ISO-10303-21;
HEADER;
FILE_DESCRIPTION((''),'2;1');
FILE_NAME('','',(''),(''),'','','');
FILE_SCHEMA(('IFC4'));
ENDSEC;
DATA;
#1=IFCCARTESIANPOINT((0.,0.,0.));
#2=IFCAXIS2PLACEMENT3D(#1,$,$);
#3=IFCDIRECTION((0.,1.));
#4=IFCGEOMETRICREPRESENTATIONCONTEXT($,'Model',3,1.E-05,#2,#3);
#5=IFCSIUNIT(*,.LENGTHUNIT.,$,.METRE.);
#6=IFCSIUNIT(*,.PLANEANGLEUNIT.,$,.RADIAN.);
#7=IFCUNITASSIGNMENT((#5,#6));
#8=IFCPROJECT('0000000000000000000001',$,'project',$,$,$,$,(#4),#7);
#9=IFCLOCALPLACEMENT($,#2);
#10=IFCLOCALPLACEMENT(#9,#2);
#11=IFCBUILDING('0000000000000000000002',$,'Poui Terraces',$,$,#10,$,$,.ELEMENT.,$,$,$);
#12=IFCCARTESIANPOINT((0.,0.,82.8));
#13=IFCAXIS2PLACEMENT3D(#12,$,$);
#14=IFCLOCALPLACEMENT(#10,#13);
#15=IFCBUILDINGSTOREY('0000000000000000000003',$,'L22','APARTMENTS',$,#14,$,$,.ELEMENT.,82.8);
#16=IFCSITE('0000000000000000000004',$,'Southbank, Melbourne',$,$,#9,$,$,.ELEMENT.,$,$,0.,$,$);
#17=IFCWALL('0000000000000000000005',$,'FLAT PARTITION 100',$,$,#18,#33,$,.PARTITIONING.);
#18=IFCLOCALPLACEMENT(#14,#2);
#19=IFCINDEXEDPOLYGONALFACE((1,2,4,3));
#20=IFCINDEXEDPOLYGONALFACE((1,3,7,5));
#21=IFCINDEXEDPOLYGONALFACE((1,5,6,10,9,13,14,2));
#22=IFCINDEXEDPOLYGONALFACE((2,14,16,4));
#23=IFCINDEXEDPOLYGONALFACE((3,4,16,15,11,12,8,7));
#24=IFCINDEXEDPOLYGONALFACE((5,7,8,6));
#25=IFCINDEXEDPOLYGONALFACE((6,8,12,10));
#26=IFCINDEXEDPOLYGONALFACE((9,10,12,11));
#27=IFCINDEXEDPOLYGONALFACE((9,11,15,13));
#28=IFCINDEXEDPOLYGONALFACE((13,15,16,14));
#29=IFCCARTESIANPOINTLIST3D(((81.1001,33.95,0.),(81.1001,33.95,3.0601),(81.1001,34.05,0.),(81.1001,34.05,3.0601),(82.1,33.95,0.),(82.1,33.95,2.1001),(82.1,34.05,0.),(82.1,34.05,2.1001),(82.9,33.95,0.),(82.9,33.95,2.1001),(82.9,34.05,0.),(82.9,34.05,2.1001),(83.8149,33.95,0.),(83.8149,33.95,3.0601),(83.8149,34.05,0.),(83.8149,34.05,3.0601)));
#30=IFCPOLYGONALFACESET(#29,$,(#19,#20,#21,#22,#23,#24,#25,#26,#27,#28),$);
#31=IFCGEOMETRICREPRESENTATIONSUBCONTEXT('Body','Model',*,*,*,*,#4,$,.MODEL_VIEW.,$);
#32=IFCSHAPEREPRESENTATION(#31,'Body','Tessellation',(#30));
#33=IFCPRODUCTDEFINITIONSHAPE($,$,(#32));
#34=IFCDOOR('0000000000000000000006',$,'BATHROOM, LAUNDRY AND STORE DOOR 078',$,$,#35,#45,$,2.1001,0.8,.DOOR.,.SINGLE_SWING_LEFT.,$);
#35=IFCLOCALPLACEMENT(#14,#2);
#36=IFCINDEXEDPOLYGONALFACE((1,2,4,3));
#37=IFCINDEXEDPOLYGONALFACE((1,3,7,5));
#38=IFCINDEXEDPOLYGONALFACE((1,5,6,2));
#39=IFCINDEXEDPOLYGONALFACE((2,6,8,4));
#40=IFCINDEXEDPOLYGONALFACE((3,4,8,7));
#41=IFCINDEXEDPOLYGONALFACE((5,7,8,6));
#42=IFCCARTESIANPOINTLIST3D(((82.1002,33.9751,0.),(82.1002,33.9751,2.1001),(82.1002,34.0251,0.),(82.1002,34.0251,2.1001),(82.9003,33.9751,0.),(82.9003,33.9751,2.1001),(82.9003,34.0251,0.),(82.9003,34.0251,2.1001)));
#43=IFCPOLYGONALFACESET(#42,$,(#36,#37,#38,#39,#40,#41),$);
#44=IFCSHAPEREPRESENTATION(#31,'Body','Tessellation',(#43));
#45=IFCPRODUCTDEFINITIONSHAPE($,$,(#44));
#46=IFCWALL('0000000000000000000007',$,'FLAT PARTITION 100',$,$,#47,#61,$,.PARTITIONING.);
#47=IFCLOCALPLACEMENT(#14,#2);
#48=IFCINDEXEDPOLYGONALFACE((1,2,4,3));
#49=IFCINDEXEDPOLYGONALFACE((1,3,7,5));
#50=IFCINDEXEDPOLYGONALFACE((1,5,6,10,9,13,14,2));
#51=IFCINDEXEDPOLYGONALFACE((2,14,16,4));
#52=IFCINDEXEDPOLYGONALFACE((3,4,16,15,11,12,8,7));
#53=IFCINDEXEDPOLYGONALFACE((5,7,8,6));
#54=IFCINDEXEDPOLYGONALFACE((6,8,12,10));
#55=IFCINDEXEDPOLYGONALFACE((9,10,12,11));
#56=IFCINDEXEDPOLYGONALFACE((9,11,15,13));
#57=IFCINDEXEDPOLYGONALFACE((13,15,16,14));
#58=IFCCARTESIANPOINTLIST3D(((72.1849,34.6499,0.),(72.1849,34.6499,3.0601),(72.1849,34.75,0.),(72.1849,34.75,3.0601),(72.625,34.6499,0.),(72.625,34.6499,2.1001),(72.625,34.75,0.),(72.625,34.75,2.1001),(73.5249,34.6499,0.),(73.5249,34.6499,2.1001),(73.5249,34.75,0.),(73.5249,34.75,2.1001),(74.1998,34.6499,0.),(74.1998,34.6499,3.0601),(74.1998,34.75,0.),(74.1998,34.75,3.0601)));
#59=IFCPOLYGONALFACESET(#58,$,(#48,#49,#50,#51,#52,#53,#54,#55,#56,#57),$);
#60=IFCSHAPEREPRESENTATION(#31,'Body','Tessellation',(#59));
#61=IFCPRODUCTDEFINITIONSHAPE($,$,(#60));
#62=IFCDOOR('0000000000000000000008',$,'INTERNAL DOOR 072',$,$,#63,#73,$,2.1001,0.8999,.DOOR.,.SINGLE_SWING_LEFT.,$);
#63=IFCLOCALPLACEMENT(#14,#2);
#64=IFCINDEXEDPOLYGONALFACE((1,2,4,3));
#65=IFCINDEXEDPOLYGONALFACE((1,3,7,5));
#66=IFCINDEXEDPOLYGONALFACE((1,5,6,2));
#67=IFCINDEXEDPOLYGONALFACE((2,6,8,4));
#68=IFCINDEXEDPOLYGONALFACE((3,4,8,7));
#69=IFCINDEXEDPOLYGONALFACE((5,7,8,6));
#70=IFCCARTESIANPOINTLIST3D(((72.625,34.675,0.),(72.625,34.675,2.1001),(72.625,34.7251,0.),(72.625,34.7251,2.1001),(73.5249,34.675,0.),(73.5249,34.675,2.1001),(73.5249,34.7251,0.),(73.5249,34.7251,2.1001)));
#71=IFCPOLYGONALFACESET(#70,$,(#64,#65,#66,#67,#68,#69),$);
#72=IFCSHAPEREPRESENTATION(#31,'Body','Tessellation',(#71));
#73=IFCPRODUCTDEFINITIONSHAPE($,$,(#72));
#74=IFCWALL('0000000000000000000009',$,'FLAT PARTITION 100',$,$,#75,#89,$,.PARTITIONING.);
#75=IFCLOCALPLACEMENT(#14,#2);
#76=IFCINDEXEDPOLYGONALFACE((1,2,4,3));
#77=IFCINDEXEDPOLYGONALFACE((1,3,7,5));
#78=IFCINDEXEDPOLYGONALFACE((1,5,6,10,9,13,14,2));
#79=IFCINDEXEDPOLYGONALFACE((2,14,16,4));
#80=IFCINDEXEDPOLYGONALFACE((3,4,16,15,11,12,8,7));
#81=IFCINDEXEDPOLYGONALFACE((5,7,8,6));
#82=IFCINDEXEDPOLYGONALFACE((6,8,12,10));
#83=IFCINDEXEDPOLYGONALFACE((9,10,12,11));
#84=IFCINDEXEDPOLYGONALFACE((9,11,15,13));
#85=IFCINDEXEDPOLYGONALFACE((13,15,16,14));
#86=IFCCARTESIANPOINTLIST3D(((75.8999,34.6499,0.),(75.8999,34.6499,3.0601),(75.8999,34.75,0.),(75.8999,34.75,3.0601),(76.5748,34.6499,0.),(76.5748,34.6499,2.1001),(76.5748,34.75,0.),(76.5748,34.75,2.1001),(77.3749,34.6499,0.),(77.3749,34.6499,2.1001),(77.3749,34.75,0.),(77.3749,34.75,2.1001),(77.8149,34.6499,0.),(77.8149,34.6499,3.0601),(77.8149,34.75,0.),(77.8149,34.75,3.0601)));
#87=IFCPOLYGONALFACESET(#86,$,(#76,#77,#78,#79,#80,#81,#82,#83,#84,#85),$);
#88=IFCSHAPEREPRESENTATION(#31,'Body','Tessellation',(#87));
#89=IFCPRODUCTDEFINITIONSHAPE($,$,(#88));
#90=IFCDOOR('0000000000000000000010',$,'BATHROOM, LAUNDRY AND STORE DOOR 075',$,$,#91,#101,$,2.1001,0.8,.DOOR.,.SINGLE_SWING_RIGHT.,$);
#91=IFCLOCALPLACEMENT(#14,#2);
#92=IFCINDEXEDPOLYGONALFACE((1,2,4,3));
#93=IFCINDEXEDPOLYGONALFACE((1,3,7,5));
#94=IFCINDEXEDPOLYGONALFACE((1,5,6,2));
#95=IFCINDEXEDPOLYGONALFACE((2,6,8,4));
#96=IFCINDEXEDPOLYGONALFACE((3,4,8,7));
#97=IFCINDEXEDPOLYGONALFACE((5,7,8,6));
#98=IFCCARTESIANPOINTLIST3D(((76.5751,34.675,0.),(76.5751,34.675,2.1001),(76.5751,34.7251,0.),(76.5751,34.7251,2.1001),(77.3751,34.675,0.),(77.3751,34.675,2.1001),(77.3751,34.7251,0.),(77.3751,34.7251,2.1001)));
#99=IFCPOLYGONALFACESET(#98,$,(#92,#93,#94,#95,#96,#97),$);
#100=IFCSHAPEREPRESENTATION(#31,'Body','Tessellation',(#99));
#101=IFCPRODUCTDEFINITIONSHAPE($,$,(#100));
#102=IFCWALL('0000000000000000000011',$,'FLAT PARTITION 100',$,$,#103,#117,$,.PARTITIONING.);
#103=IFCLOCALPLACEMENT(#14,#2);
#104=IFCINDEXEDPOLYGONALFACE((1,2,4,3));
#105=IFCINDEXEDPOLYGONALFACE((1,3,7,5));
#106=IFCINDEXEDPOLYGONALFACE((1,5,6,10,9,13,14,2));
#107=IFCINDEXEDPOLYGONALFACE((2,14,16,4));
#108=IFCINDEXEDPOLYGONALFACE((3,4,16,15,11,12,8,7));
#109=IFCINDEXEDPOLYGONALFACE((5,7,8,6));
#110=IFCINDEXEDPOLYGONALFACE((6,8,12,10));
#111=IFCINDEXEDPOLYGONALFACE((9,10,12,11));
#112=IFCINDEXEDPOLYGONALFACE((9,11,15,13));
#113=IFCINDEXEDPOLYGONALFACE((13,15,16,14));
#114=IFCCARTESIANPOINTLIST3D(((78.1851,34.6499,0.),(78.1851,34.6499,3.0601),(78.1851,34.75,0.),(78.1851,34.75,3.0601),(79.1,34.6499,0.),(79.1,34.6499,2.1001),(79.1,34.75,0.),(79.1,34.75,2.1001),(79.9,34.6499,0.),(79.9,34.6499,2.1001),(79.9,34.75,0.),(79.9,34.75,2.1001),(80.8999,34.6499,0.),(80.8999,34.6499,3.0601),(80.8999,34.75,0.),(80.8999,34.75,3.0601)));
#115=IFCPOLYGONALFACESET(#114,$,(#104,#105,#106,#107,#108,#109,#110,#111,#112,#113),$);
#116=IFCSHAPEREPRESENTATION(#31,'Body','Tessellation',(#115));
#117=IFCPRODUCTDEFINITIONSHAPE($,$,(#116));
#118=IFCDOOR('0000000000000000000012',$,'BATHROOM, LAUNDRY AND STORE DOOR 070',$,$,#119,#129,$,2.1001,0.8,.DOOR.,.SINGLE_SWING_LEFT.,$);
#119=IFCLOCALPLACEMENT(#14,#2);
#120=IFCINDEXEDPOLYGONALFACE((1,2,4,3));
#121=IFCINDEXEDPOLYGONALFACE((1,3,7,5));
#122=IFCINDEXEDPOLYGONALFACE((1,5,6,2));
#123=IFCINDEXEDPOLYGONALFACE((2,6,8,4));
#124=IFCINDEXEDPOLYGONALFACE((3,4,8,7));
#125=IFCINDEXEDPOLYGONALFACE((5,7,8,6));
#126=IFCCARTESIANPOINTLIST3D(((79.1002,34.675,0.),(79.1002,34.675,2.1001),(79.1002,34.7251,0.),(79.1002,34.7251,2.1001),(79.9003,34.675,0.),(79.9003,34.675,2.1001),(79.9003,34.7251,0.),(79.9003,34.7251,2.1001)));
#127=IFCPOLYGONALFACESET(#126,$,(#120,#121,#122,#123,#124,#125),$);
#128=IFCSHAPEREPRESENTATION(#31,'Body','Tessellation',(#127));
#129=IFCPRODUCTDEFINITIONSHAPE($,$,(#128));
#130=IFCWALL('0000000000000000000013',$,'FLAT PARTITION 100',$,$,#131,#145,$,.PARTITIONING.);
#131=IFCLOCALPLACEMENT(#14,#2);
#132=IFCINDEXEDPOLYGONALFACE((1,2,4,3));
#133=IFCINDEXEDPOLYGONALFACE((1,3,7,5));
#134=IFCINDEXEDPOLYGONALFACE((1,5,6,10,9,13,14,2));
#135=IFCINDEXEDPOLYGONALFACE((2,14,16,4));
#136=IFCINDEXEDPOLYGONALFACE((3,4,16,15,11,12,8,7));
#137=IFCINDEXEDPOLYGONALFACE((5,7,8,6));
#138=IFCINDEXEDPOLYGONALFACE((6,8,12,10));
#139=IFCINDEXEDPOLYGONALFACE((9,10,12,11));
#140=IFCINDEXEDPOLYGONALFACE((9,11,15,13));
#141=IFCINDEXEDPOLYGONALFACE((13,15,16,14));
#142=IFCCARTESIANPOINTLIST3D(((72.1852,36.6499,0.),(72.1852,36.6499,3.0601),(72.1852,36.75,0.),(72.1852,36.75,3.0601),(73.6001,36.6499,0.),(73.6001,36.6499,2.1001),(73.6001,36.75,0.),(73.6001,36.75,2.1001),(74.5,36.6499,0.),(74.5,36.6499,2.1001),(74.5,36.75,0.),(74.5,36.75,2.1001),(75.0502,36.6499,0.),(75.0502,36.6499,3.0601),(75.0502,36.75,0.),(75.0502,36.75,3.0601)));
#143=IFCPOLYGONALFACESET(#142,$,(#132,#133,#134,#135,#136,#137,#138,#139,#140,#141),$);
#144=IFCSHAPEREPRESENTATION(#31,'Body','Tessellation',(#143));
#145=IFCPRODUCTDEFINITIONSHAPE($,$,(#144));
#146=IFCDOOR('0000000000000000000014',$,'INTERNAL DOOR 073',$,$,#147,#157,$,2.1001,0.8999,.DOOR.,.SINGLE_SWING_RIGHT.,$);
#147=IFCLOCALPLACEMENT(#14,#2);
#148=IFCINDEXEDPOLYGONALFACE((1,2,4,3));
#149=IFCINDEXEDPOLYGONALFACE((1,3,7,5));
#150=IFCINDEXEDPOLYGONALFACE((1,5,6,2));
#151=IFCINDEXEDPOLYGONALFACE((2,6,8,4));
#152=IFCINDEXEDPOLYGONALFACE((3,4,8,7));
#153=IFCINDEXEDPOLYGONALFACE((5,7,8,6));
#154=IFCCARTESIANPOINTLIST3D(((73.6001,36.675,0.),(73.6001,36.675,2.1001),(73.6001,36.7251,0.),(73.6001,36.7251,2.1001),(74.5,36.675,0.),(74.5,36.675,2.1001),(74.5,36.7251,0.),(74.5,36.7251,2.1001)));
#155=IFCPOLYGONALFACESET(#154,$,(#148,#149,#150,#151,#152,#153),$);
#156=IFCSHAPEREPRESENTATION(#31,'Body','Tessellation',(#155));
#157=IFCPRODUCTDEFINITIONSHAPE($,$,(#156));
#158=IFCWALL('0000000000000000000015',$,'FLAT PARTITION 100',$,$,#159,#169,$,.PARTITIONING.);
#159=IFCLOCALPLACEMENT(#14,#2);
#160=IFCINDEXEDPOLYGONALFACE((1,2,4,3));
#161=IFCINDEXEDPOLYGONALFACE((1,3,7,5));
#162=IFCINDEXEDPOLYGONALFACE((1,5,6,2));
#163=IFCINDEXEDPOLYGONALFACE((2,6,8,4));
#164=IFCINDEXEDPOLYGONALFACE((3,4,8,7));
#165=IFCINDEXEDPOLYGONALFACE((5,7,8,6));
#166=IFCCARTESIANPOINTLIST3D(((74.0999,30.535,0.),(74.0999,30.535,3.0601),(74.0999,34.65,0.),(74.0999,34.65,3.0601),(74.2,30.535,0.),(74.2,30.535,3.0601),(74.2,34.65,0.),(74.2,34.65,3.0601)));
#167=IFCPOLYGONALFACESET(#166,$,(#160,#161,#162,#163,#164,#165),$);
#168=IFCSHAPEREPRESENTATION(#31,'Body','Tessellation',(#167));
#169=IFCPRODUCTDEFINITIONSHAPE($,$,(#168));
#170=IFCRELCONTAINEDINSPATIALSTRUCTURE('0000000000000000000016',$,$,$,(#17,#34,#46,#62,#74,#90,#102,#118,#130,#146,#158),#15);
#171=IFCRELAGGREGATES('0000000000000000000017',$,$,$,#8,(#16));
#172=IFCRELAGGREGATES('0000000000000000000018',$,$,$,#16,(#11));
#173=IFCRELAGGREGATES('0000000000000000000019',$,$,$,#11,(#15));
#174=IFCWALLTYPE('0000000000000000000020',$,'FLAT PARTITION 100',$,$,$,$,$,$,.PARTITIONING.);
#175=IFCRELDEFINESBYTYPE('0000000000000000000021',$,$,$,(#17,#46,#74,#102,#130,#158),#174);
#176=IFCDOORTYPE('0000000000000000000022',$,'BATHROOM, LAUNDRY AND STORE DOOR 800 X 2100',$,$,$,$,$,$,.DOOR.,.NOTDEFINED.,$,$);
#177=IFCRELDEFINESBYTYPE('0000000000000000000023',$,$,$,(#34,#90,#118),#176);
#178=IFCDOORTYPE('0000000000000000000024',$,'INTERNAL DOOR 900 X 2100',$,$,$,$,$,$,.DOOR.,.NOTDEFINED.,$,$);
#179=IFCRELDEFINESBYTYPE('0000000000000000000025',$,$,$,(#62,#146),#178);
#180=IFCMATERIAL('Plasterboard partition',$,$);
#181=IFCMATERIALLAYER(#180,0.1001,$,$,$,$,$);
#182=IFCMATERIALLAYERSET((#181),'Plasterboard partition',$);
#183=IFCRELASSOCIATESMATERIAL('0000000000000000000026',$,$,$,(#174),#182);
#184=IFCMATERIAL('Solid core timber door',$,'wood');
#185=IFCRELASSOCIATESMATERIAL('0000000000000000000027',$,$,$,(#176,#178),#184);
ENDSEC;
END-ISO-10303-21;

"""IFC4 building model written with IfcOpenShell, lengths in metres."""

from ifc_helpers import new_model, si_unit, direction, frame, frame_2d, origin, place, context, subcontext, project, spatial, rectangle, extrude, material, layer, layer_set, type_object, element, fill, save


model = new_model("IFC4")

# Units and contexts
model_context = context("Model", 3, precision=1e-05, world=origin(), true_north=direction((0.0, 1.0)))
body_context = subcontext(model_context, "Body", "Model", "MODEL_VIEW")
ifc_project = project(units=[si_unit("LENGTHUNIT", "METRE"), si_unit("PLANEANGLEUNIT", "RADIAN")], contexts=[model_context])

# Site, building, storey
site_placement = place(None, origin())
site = spatial("IfcSite", under=ifc_project, at=site_placement, Name="Southbank, Melbourne", CompositionType="ELEMENT", RefElevation=0.0)
building_placement = place(site_placement, origin())
building = spatial("IfcBuilding", under=site, at=building_placement, Name="Poui Terraces", CompositionType="ELEMENT")
storey_placement = place(building_placement, frame((0.0, 0.0, 82.8)))
storey = spatial("IfcBuildingStorey", under=building, at=storey_placement, Name="L22", Description="APARTMENTS", CompositionType="ELEMENT", Elevation=82.8)

# Walls, openings, doors
ifc_material_1 = material(Name="Plasterboard partition")
ifc_layer_1 = layer(ifc_material_1, 0.1001)
ifc_layer_set_1 = layer_set([ifc_layer_1], Name="Plasterboard partition")
wall_type_1 = type_object("IfcWallType", Name="FLAT PARTITION 100", PredefinedType="PARTITIONING", material=ifc_layer_set_1)
wall_1_placement = place(storey_placement, frame((81.1001, 34.0, 0.0), z_axis=(0.0, 0.0, 1.0), x_axis=(1.0, 0.0, 0.0)))
wall_1 = element("IfcWall", 1, at=wall_1_placement, inside=storey, type_object=wall_type_1, Name="FLAT PARTITION 100", PredefinedType="PARTITIONING", context=body_context, shape_type="SweptSolid", body=[
    extrude(rectangle(XDim=2.7148, YDim=0.1001, at=frame_2d((1.3574, 0.0))), origin(), (0.0, 0.0, 1.0), 3.0601),
])
opening_1_placement = place(wall_1_placement, frame((1.0, 0.0, 0.0)))
opening_1 = element("IfcOpeningElement", 2, at=opening_1_placement, cuts=wall_1, PredefinedType="OPENING", context=body_context, shape_type="SweptSolid", body=[
    extrude(rectangle(XDim=0.8, YDim=2.1001, at=frame_2d((0.3999, 1.05))), frame((0.0, 0.0601, 0.0), z_axis=(0.0, -1.0, 0.0), x_axis=(1.0, 0.0, 0.0)), (0.0, 0.0, 1.0), 0.1201),
])
ifc_material_2 = material(Name="Solid core timber door", Category="wood")
door_type_1 = type_object("IfcDoorType", Name="BATHROOM, LAUNDRY AND STORE DOOR 800 X 2100", OperationType="NOTDEFINED", PredefinedType="DOOR", material=ifc_material_2)
door_1_placement = place(opening_1_placement, frame((0.8, 0.0, 0.0), z_axis=(0.0, 0.0, 1.0), x_axis=(-1.0, 0.0, 0.0)))
door_1 = element("IfcDoor", 3, at=door_1_placement, inside=storey, type_object=door_type_1, Name="BATHROOM, LAUNDRY AND STORE DOOR 078", OperationType="SINGLE_SWING_LEFT", OverallHeight=2.1001, OverallWidth=0.8, PredefinedType="DOOR", context=body_context, shape_type="SweptSolid", body=[
    extrude(rectangle(XDim=0.8, YDim=2.1001, at=frame_2d((0.3999, 1.05))), frame((0.0, 0.0249, 0.0), z_axis=(0.0, -1.0, 0.0), x_axis=(1.0, 0.0, 0.0)), (0.0, 0.0, 1.0), 0.05),
])
fill(opening_1, door_1)
wall_2_placement = place(storey_placement, frame((72.1851, 34.7, 0.0), z_axis=(0.0, 0.0, 1.0), x_axis=(1.0, 0.0, 0.0)))
wall_2 = element("IfcWall", 4, at=wall_2_placement, inside=storey, type_object=wall_type_1, Name="FLAT PARTITION 100", PredefinedType="PARTITIONING", context=body_context, shape_type="SweptSolid", body=[
    extrude(rectangle(XDim=2.0149, YDim=0.1001, at=frame_2d((1.0073, 0.0))), origin(), (0.0, 0.0, 1.0), 3.0601),
])
opening_2_placement = place(wall_2_placement, frame((0.4399, 0.0, 0.0)))
opening_2 = element("IfcOpeningElement", 5, at=opening_2_placement, cuts=wall_2, PredefinedType="OPENING", context=body_context, shape_type="SweptSolid", body=[
    extrude(rectangle(XDim=0.8999, YDim=2.1001, at=frame_2d((0.45, 1.05))), frame((0.0, 0.0601, 0.0), z_axis=(0.0, -1.0, 0.0), x_axis=(1.0, 0.0, 0.0)), (0.0, 0.0, 1.0), 0.1201),
])
door_type_2 = type_object("IfcDoorType", Name="INTERNAL DOOR 900 X 2100", OperationType="NOTDEFINED", PredefinedType="DOOR", material=ifc_material_2)
door_2_placement = place(opening_2_placement, frame((0.8999, 0.0, 0.0), z_axis=(0.0, 0.0, 1.0), x_axis=(-1.0, 0.0, 0.0)))
door_2 = element("IfcDoor", 6, at=door_2_placement, inside=storey, type_object=door_type_2, Name="INTERNAL DOOR 072", OperationType="SINGLE_SWING_LEFT", OverallHeight=2.1001, OverallWidth=0.8999, PredefinedType="DOOR", context=body_context, shape_type="SweptSolid", body=[
    extrude(rectangle(XDim=0.8999, YDim=2.1001, at=frame_2d((0.45, 1.05))), frame((0.0, 0.0249, 0.0), z_axis=(0.0, -1.0, 0.0), x_axis=(1.0, 0.0, 0.0)), (0.0, 0.0, 1.0), 0.05),
])
fill(opening_2, door_2)
wall_3_placement = place(storey_placement, frame((75.8999, 34.7, 0.0), z_axis=(0.0, 0.0, 1.0), x_axis=(1.0, 0.0, 0.0)))
wall_3 = element("IfcWall", 7, at=wall_3_placement, inside=storey, type_object=wall_type_1, Name="FLAT PARTITION 100", PredefinedType="PARTITIONING", context=body_context, shape_type="SweptSolid", body=[
    extrude(rectangle(XDim=1.915, YDim=0.1001, at=frame_2d((0.9575, 0.0))), origin(), (0.0, 0.0, 1.0), 3.0601),
])
opening_3_placement = place(wall_3_placement, frame((0.675, 0.0, 0.0)))
opening_3 = element("IfcOpeningElement", 8, at=opening_3_placement, cuts=wall_3, PredefinedType="OPENING", context=body_context, shape_type="SweptSolid", body=[
    extrude(rectangle(XDim=0.8, YDim=2.1001, at=frame_2d((0.3999, 1.05))), frame((0.0, 0.0601, 0.0), z_axis=(0.0, -1.0, 0.0), x_axis=(1.0, 0.0, 0.0)), (0.0, 0.0, 1.0), 0.1201),
])
door_3_placement = place(opening_3_placement, frame((0.8, 0.0, 0.0), z_axis=(0.0, 0.0, 1.0), x_axis=(-1.0, 0.0, 0.0)))
door_3 = element("IfcDoor", 9, at=door_3_placement, inside=storey, type_object=door_type_1, Name="BATHROOM, LAUNDRY AND STORE DOOR 075", OperationType="SINGLE_SWING_RIGHT", OverallHeight=2.1001, OverallWidth=0.8, PredefinedType="DOOR", context=body_context, shape_type="SweptSolid", body=[
    extrude(rectangle(XDim=0.8, YDim=2.1001, at=frame_2d((0.3999, 1.05))), frame((0.0, 0.0249, 0.0), z_axis=(0.0, -1.0, 0.0), x_axis=(1.0, 0.0, 0.0)), (0.0, 0.0, 1.0), 0.05),
])
fill(opening_3, door_3)
wall_4_placement = place(storey_placement, frame((78.1851, 34.7, 0.0), z_axis=(0.0, 0.0, 1.0), x_axis=(1.0, 0.0, 0.0)))
wall_4 = element("IfcWall", 10, at=wall_4_placement, inside=storey, type_object=wall_type_1, Name="FLAT PARTITION 100", PredefinedType="PARTITIONING", context=body_context, shape_type="SweptSolid", body=[
    extrude(rectangle(XDim=2.7148, YDim=0.1001, at=frame_2d((1.3574, 0.0))), origin(), (0.0, 0.0, 1.0), 3.0601),
])
opening_4_placement = place(wall_4_placement, frame((0.915, 0.0, 0.0)))
opening_4 = element("IfcOpeningElement", 11, at=opening_4_placement, cuts=wall_4, PredefinedType="OPENING", context=body_context, shape_type="SweptSolid", body=[
    extrude(rectangle(XDim=0.8, YDim=2.1001, at=frame_2d((0.3999, 1.05))), frame((0.0, 0.0601, 0.0), z_axis=(0.0, -1.0, 0.0), x_axis=(1.0, 0.0, 0.0)), (0.0, 0.0, 1.0), 0.1201),
])
door_4_placement = place(opening_4_placement, frame((0.8, 0.0, 0.0), z_axis=(0.0, 0.0, 1.0), x_axis=(-1.0, 0.0, 0.0)))
door_4 = element("IfcDoor", 12, at=door_4_placement, inside=storey, type_object=door_type_1, Name="BATHROOM, LAUNDRY AND STORE DOOR 070", OperationType="SINGLE_SWING_LEFT", OverallHeight=2.1001, OverallWidth=0.8, PredefinedType="DOOR", context=body_context, shape_type="SweptSolid", body=[
    extrude(rectangle(XDim=0.8, YDim=2.1001, at=frame_2d((0.3999, 1.05))), frame((0.0, 0.0249, 0.0), z_axis=(0.0, -1.0, 0.0), x_axis=(1.0, 0.0, 0.0)), (0.0, 0.0, 1.0), 0.05),
])
fill(opening_4, door_4)
wall_5_placement = place(storey_placement, frame((72.1851, 36.7, 0.0), z_axis=(0.0, 0.0, 1.0), x_axis=(1.0, 0.0, 0.0)))
wall_5 = element("IfcWall", 13, at=wall_5_placement, inside=storey, type_object=wall_type_1, Name="FLAT PARTITION 100", PredefinedType="PARTITIONING", context=body_context, shape_type="SweptSolid", body=[
    extrude(rectangle(XDim=2.865, YDim=0.1001, at=frame_2d((1.4326, 0.0))), origin(), (0.0, 0.0, 1.0), 3.0601),
])
opening_5_placement = place(wall_5_placement, frame((1.415, 0.0, 0.0)))
opening_5 = element("IfcOpeningElement", 14, at=opening_5_placement, cuts=wall_5, PredefinedType="OPENING", context=body_context, shape_type="SweptSolid", body=[
    extrude(rectangle(XDim=0.8999, YDim=2.1001, at=frame_2d((0.45, 1.05))), frame((0.0, 0.0601, 0.0), z_axis=(0.0, -1.0, 0.0), x_axis=(1.0, 0.0, 0.0)), (0.0, 0.0, 1.0), 0.1201),
])
door_5_placement = place(opening_5_placement, frame((0.8999, 0.0, 0.0), z_axis=(0.0, 0.0, 1.0), x_axis=(-1.0, 0.0, 0.0)))
door_5 = element("IfcDoor", 15, at=door_5_placement, inside=storey, type_object=door_type_2, Name="INTERNAL DOOR 073", OperationType="SINGLE_SWING_RIGHT", OverallHeight=2.1001, OverallWidth=0.8999, PredefinedType="DOOR", context=body_context, shape_type="SweptSolid", body=[
    extrude(rectangle(XDim=0.8999, YDim=2.1001, at=frame_2d((0.45, 1.05))), frame((0.0, 0.0249, 0.0), z_axis=(0.0, -1.0, 0.0), x_axis=(1.0, 0.0, 0.0)), (0.0, 0.0, 1.0), 0.05),
])
fill(opening_5, door_5)

# Wall
wall_6_placement = place(storey_placement, frame((74.1499, 30.5349, 0.0), z_axis=(0.0, 0.0, 1.0), x_axis=(0.0, 1.0, 0.0)))
element("IfcWall", 16, at=wall_6_placement, inside=storey, type_object=wall_type_1, Name="FLAT PARTITION 100", PredefinedType="PARTITIONING", context=body_context, shape_type="SweptSolid", body=[
    extrude(rectangle(XDim=4.115, YDim=0.1001, at=frame_2d((2.0576, 0.0))), origin(), (0.0, 0.0, 1.0), 3.0601),
])

save(model, "model.ifc")
